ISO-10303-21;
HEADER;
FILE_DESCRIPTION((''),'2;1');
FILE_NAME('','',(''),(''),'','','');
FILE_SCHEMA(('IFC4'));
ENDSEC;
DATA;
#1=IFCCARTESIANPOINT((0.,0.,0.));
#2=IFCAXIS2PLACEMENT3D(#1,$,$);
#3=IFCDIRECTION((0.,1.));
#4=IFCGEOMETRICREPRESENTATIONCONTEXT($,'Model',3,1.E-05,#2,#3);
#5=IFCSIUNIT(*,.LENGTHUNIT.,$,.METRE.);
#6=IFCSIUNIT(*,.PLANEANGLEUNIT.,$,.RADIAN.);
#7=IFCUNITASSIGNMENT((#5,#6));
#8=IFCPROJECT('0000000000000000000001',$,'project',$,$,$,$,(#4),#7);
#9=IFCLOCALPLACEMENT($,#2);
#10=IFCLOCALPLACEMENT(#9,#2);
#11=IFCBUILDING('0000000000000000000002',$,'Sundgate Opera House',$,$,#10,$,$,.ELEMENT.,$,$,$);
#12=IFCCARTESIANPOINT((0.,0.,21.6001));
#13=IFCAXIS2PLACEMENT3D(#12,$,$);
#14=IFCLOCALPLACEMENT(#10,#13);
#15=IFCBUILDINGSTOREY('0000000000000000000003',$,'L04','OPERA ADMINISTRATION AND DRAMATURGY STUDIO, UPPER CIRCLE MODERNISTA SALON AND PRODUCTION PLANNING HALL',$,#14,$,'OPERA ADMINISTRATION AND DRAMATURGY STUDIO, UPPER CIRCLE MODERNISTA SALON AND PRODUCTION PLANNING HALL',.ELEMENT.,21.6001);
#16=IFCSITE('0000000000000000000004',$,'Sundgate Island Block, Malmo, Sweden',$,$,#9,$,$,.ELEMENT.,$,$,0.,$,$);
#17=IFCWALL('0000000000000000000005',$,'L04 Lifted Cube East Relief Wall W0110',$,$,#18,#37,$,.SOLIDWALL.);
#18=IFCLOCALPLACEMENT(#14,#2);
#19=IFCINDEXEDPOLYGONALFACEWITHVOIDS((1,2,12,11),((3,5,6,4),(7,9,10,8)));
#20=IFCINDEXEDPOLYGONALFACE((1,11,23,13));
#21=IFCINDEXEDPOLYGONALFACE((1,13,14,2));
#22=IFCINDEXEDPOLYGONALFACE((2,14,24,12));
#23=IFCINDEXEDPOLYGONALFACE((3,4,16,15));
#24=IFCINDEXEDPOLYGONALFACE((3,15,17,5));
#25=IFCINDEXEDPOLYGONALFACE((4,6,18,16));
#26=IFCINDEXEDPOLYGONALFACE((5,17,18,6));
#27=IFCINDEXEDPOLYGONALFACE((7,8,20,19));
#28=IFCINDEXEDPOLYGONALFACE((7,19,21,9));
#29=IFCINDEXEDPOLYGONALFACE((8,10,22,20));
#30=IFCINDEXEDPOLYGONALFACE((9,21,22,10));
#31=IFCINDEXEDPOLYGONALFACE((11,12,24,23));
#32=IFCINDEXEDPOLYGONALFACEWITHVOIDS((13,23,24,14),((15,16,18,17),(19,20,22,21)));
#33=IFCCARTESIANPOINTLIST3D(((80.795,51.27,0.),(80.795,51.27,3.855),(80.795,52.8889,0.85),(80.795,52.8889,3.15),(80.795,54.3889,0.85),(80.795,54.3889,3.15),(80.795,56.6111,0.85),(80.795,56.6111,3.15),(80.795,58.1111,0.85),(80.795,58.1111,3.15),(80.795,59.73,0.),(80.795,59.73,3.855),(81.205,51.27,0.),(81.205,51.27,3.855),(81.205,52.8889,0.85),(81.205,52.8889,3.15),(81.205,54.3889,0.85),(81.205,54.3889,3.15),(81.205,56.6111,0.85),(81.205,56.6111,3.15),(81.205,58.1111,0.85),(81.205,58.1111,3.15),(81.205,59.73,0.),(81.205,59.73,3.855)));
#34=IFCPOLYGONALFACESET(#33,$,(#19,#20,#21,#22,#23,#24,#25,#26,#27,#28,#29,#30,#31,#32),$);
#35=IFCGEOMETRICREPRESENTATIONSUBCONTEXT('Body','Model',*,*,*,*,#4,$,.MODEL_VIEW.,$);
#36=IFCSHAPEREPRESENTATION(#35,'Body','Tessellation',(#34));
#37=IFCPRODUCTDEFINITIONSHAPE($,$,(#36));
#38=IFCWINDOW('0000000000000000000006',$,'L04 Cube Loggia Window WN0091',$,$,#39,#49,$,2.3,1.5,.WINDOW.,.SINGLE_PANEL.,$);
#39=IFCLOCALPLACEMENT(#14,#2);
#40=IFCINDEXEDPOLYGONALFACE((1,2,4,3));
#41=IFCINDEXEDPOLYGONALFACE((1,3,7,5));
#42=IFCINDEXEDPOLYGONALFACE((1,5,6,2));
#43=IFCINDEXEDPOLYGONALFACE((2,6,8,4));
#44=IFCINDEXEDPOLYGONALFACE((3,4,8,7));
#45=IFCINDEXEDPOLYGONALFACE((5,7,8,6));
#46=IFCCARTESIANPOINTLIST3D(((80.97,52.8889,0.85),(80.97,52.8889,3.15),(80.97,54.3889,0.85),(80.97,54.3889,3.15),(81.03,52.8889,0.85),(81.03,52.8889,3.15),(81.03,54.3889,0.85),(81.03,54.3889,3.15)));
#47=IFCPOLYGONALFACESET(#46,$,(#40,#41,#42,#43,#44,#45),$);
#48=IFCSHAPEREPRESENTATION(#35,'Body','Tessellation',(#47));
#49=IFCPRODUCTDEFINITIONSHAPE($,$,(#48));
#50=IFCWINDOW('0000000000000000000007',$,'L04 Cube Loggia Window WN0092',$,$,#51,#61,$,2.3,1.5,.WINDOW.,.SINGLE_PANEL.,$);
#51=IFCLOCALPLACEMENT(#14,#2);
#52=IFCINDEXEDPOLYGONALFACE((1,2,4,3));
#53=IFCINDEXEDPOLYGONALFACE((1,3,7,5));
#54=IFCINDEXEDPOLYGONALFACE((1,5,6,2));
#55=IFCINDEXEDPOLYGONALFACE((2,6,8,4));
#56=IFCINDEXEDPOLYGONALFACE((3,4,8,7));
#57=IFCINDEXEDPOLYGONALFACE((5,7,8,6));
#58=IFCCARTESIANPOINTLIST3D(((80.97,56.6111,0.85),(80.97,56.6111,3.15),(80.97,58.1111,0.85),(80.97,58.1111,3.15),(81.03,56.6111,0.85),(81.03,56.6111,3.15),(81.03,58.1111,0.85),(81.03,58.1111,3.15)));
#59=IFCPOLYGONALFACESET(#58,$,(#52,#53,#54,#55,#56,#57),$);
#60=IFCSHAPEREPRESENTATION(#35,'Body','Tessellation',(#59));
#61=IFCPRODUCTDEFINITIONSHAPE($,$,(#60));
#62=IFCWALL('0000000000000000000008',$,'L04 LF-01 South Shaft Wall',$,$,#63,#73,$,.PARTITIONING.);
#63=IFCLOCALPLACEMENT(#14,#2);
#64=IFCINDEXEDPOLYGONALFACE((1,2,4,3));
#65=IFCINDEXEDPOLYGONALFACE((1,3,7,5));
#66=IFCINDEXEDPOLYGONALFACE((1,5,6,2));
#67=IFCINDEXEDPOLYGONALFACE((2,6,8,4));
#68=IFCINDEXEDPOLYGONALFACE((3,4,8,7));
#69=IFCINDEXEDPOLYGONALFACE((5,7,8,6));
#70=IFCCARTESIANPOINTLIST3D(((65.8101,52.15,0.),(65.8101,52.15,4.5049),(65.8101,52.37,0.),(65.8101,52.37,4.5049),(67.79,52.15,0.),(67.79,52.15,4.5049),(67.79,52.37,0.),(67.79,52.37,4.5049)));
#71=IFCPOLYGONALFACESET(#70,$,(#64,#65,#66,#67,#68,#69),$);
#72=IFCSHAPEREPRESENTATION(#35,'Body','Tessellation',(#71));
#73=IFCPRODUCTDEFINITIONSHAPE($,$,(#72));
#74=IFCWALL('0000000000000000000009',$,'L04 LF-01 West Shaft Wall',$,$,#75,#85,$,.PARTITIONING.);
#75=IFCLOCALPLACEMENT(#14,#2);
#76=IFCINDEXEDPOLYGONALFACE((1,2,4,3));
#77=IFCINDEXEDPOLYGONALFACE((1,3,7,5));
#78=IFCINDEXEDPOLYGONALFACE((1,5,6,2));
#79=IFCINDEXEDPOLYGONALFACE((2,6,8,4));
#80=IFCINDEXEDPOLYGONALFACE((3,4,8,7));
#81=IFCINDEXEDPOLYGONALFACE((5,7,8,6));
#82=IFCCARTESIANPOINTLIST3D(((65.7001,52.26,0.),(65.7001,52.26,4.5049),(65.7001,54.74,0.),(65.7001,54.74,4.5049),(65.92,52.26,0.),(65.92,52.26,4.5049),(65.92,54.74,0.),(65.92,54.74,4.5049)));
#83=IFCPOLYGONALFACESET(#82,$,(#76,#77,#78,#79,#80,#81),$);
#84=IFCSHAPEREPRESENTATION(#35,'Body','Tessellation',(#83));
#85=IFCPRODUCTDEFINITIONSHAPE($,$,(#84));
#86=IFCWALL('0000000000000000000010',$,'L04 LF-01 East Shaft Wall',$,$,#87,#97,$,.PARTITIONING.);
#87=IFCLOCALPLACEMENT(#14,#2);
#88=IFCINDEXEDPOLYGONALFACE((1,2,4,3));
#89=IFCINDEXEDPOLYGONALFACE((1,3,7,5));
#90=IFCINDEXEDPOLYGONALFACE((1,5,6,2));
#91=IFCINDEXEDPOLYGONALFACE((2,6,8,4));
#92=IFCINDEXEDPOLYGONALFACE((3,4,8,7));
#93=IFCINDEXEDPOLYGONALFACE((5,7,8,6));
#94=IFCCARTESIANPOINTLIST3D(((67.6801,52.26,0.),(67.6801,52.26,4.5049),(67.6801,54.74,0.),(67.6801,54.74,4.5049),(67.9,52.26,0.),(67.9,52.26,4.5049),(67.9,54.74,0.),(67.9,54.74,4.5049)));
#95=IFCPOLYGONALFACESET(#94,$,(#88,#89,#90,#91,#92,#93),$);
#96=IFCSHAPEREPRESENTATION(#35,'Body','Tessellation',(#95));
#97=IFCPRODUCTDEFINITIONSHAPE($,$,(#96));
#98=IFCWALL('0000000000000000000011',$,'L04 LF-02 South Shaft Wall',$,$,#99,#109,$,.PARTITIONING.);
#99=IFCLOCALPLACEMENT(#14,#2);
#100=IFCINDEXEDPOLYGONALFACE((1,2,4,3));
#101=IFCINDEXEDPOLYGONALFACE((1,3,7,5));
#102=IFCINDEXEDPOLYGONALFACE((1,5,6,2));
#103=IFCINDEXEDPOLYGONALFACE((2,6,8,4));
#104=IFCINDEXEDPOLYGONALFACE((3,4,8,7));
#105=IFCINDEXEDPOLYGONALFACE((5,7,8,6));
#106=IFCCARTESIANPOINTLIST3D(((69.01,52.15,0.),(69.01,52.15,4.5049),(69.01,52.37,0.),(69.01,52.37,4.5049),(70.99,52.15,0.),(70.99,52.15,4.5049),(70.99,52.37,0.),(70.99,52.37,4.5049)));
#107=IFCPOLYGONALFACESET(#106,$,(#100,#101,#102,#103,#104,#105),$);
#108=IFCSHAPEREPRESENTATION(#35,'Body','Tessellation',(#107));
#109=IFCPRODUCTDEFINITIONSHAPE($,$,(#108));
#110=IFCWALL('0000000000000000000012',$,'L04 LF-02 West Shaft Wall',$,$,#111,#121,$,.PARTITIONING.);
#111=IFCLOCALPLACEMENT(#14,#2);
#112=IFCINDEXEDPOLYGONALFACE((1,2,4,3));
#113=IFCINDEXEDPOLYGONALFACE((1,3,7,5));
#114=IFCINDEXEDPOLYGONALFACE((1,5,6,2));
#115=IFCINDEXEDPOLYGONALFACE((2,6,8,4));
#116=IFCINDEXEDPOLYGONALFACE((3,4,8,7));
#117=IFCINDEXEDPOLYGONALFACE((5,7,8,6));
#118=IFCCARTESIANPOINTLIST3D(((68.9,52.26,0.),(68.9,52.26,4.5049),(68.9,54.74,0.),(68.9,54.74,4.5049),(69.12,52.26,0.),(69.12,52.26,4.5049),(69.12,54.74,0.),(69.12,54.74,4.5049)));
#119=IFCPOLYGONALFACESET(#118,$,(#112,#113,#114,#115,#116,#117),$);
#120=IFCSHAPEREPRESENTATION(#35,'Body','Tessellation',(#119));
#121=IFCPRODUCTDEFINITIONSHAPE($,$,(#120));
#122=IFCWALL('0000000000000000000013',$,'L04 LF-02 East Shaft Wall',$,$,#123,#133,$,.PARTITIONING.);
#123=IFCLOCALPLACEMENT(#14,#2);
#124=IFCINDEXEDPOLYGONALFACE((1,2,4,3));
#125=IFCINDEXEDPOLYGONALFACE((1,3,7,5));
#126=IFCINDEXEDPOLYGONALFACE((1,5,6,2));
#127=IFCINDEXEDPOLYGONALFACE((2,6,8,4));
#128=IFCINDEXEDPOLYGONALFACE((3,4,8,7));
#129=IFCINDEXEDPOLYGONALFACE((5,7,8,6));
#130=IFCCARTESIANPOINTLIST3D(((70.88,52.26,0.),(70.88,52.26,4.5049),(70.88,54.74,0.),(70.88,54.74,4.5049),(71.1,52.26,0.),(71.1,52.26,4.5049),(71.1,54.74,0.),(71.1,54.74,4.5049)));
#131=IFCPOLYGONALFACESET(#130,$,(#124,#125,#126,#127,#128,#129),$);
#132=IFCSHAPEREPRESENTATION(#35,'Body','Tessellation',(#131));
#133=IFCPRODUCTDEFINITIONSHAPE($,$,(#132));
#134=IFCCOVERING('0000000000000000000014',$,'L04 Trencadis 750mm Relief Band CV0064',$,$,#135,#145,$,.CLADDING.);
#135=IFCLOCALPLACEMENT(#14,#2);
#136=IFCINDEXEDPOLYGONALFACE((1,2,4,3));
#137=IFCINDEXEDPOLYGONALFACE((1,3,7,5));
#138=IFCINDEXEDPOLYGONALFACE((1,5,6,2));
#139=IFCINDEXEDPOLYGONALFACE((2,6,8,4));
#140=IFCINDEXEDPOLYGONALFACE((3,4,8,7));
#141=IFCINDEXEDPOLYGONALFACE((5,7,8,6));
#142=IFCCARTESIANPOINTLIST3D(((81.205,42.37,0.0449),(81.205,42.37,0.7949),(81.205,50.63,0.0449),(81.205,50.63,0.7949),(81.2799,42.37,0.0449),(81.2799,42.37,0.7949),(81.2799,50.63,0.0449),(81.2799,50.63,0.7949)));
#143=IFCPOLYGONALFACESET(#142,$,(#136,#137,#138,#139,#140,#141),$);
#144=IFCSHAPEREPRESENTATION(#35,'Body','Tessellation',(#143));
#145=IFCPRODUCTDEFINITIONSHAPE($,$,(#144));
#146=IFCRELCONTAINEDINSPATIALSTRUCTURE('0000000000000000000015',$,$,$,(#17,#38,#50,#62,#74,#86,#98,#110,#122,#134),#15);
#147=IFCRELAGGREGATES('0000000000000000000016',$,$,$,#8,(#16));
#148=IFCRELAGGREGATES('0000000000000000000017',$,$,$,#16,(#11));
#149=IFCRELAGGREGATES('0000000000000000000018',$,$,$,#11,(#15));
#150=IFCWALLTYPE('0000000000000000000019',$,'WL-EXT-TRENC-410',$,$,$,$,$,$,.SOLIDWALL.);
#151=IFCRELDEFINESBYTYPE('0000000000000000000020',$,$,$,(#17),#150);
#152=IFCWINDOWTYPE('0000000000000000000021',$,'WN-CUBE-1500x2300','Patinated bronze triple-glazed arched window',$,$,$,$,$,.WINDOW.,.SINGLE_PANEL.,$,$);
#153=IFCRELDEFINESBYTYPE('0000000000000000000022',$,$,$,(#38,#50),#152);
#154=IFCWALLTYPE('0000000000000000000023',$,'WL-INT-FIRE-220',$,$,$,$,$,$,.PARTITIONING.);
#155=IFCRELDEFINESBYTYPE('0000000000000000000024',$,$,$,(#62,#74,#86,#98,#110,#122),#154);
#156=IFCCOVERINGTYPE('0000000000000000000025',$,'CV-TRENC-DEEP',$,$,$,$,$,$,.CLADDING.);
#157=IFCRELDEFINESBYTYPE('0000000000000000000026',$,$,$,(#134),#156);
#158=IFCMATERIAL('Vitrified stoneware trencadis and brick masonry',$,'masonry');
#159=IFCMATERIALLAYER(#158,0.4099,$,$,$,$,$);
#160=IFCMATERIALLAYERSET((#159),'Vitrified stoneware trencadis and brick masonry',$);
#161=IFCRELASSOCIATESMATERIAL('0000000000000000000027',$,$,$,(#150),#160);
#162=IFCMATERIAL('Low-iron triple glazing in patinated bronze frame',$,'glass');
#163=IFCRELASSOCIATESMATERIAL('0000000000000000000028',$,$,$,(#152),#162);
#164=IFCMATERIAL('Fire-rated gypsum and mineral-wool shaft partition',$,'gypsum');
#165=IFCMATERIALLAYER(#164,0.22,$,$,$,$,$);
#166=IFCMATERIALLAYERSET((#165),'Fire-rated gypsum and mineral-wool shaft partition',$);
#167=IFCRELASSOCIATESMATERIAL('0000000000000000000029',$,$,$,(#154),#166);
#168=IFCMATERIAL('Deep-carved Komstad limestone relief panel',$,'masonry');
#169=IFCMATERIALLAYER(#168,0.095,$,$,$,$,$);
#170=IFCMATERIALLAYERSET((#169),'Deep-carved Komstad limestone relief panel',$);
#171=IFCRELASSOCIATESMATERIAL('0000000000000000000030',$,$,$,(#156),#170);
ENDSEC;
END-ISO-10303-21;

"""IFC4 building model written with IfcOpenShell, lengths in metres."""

from ifc_helpers import new_model, si_unit, direction, frame, frame_2d, origin, origin_2d, place, context, subcontext, project, spatial, rectangle, extrude, material, layer, layer_set, type_object, element, fill, save


model = new_model("IFC4")

# Units and contexts
model_context = context("Model", 3, precision=1e-05, world=origin(), true_north=direction((0.0, 1.0)))
body_context = subcontext(model_context, "Body", "Model", "MODEL_VIEW")
ifc_project = project(units=[si_unit("LENGTHUNIT", "METRE"), si_unit("PLANEANGLEUNIT", "RADIAN")], contexts=[model_context])

# Site, building, storey
site_placement = place(None, origin())
site = spatial("IfcSite", under=ifc_project, at=site_placement, Name="Sundgate Island Block, Malmo, Sweden", CompositionType="ELEMENT", RefElevation=0.0)
building_placement = place(site_placement, origin())
building = spatial("IfcBuilding", under=site, at=building_placement, Name="Sundgate Opera House", CompositionType="ELEMENT")
storey_placement = place(building_placement, frame((0.0, 0.0, 21.6001)))
storey = spatial("IfcBuildingStorey", under=building, at=storey_placement, Name="L04", Description="OPERA ADMINISTRATION AND DRAMATURGY STUDIO, UPPER CIRCLE MODERNISTA SALON AND PRODUCTION PLANNING HALL", LongName="OPERA ADMINISTRATION AND DRAMATURGY STUDIO, UPPER CIRCLE MODERNISTA SALON AND PRODUCTION PLANNING HALL", CompositionType="ELEMENT", Elevation=21.6001)

# Wall, openings, windows
ifc_material_1 = material(Name="Vitrified stoneware trencadis and brick masonry", Category="masonry")
ifc_layer_1 = layer(ifc_material_1, 0.4099)
ifc_layer_set_1 = layer_set([ifc_layer_1], Name="Vitrified stoneware trencadis and brick masonry")
wall_type_1 = type_object("IfcWallType", Name="WL-EXT-TRENC-410", PredefinedType="SOLIDWALL", material=ifc_layer_set_1)
wall_1_placement = place(storey_placement, frame((81.0, 51.27, 0.0), z_axis=(0.0, 0.0, 1.0), x_axis=(0.0, 1.0, 0.0)))
wall_1 = element("IfcWall", 1, at=wall_1_placement, inside=storey, type_object=wall_type_1, Name="L04 Lifted Cube East Relief Wall W0110", PredefinedType="SOLIDWALL", context=body_context, shape_type="SweptSolid", body=[
    extrude(rectangle(XDim=8.46, YDim=0.4099, at=frame_2d((4.23, 0.0))), origin(), (0.0, 0.0, 1.0), 3.855),
])
opening_1_placement = place(wall_1_placement, frame((1.6189, 0.0, 0.8501)))
opening_1 = element("IfcOpeningElement", 2, at=opening_1_placement, cuts=wall_1, PredefinedType="OPENING", context=body_context, shape_type="SweptSolid", body=[
    extrude(rectangle(XDim=1.5, YDim=2.3, at=frame_2d((0.75, 1.1499))), frame((0.0, 0.2148, 0.0), z_axis=(0.0, -1.0, 0.0), x_axis=(1.0, 0.0, 0.0)), (0.0, 0.0, 1.0), 0.4299),
])
opening_2_placement = place(wall_1_placement, frame((5.3411, 0.0, 0.8501)))
opening_2 = element("IfcOpeningElement", 3, at=opening_2_placement, cuts=wall_1, PredefinedType="OPENING", context=body_context, shape_type="SweptSolid", body=[
    extrude(rectangle(XDim=1.5, YDim=2.3, at=frame_2d((0.75, 1.1499))), frame((0.0, 0.2148, 0.0), z_axis=(0.0, -1.0, 0.0), x_axis=(1.0, 0.0, 0.0)), (0.0, 0.0, 1.0), 0.4299),
])
ifc_material_2 = material(Name="Low-iron triple glazing in patinated bronze frame", Category="glass")
window_type = type_object("IfcWindowType", Name="WN-CUBE-1500x2300", Description="Patinated bronze triple-glazed arched window", PartitioningType="SINGLE_PANEL", PredefinedType="WINDOW", material=ifc_material_2)
window_1_placement = place(opening_1_placement, origin())
window_1 = element("IfcWindow", 4, at=window_1_placement, inside=storey, type_object=window_type, Name="L04 Cube Loggia Window WN0091", OverallHeight=2.3, OverallWidth=1.5, PartitioningType="SINGLE_PANEL", PredefinedType="WINDOW", context=body_context, shape_type="SweptSolid", body=[
    extrude(rectangle(XDim=1.5, YDim=2.3, at=frame_2d((0.75, 1.1499))), frame((0.0, 0.03, 0.0), z_axis=(0.0, -1.0, 0.0), x_axis=(1.0, 0.0, 0.0)), (0.0, 0.0, 1.0), 0.0601),
])
fill(opening_1, window_1)
window_2_placement = place(opening_2_placement, origin())
window_2 = element("IfcWindow", 5, at=window_2_placement, inside=storey, type_object=window_type, Name="L04 Cube Loggia Window WN0092", OverallHeight=2.3, OverallWidth=1.5, PartitioningType="SINGLE_PANEL", PredefinedType="WINDOW", context=body_context, shape_type="SweptSolid", body=[
    extrude(rectangle(XDim=1.5, YDim=2.3, at=frame_2d((0.75, 1.1499))), frame((0.0, 0.03, 0.0), z_axis=(0.0, -1.0, 0.0), x_axis=(1.0, 0.0, 0.0)), (0.0, 0.0, 1.0), 0.0601),
])
fill(opening_2, window_2)

# Walls
ifc_material_3 = material(Name="Fire-rated gypsum and mineral-wool shaft partition", Category="gypsum")
ifc_layer_2 = layer(ifc_material_3, 0.22)
ifc_layer_set_2 = layer_set([ifc_layer_2], Name="Fire-rated gypsum and mineral-wool shaft partition")
wall_type_2 = type_object("IfcWallType", Name="WL-INT-FIRE-220", PredefinedType="PARTITIONING", material=ifc_layer_set_2)
wall_2_placement = place(storey_placement, frame((65.8101, 52.26, 0.0), z_axis=(0.0, 0.0, 1.0), x_axis=(1.0, 0.0, 0.0)))
element("IfcWall", 6, at=wall_2_placement, inside=storey, type_object=wall_type_2, Name="L04 LF-01 South Shaft Wall", PredefinedType="PARTITIONING", context=body_context, shape_type="SweptSolid", body=[
    extrude(rectangle(XDim=1.98, YDim=0.22, at=frame_2d((0.99, 0.0))), origin(), (0.0, 0.0, 1.0), 4.5049),
])
for number, where, z_axis, x_axis, name in (
    (7, (65.8101, 52.26, 0.0), (0.0, 0.0, 1.0), (0.0, 1.0, 0.0), "L04 LF-01 West Shaft Wall"),
    (8, (67.79, 52.26, 0.0), (0.0, 0.0, 1.0), (0.0, 1.0, 0.0), "L04 LF-01 East Shaft Wall"),
):
    element("IfcWall", number, at=place(storey_placement, frame(where, z_axis=z_axis, x_axis=x_axis)), inside=storey, type_object=wall_type_2, Name=name, PredefinedType="PARTITIONING", context=body_context, shape_type="SweptSolid", body=[
        extrude(rectangle(XDim=2.48, YDim=0.22, at=frame_2d((1.24, 0.0))), origin(), (0.0, 0.0, 1.0), 4.5049),
    ])
wall_3_placement = place(storey_placement, frame((69.01, 52.26, 0.0), z_axis=(0.0, 0.0, 1.0), x_axis=(1.0, 0.0, 0.0)))
element("IfcWall", 9, at=wall_3_placement, inside=storey, type_object=wall_type_2, Name="L04 LF-02 South Shaft Wall", PredefinedType="PARTITIONING", context=body_context, shape_type="SweptSolid", body=[
    extrude(rectangle(XDim=1.98, YDim=0.22, at=frame_2d((0.99, 0.0))), origin(), (0.0, 0.0, 1.0), 4.5049),
])
for number, where, z_axis, x_axis, name in (
    (10, (69.01, 52.26, 0.0), (0.0, 0.0, 1.0), (0.0, 1.0, 0.0), "L04 LF-02 West Shaft Wall"),
    (11, (70.99, 52.26, 0.0), (0.0, 0.0, 1.0), (0.0, 1.0, 0.0), "L04 LF-02 East Shaft Wall"),
):
    element("IfcWall", number, at=place(storey_placement, frame(where, z_axis=z_axis, x_axis=x_axis)), inside=storey, type_object=wall_type_2, Name=name, PredefinedType="PARTITIONING", context=body_context, shape_type="SweptSolid", body=[
        extrude(rectangle(XDim=2.48, YDim=0.22, at=frame_2d((1.24, 0.0))), origin(), (0.0, 0.0, 1.0), 4.5049),
    ])

# Covering
ifc_material_4 = material(Name="Deep-carved Komstad limestone relief panel", Category="masonry")
ifc_layer_3 = layer(ifc_material_4, 0.095)
ifc_layer_set_3 = layer_set([ifc_layer_3], Name="Deep-carved Komstad limestone relief panel")
covering_type = type_object("IfcCoveringType", Name="CV-TRENC-DEEP", PredefinedType="CLADDING", material=ifc_layer_set_3)
covering_placement = place(storey_placement, frame((81.2424, 46.5, 0.0449), z_axis=(0.0, 0.0, 1.0), x_axis=(0.0, 1.0, 0.0)))
element("IfcCovering", 12, at=covering_placement, inside=storey, type_object=covering_type, Name="L04 Trencadis 750mm Relief Band CV0064", PredefinedType="CLADDING", context=body_context, shape_type="SweptSolid", body=[
    extrude(rectangle(XDim=8.26, YDim=0.075, at=origin_2d()), origin(), (0.0, 0.0, 1.0), 0.75),
])

save(model, "model.ifc")
